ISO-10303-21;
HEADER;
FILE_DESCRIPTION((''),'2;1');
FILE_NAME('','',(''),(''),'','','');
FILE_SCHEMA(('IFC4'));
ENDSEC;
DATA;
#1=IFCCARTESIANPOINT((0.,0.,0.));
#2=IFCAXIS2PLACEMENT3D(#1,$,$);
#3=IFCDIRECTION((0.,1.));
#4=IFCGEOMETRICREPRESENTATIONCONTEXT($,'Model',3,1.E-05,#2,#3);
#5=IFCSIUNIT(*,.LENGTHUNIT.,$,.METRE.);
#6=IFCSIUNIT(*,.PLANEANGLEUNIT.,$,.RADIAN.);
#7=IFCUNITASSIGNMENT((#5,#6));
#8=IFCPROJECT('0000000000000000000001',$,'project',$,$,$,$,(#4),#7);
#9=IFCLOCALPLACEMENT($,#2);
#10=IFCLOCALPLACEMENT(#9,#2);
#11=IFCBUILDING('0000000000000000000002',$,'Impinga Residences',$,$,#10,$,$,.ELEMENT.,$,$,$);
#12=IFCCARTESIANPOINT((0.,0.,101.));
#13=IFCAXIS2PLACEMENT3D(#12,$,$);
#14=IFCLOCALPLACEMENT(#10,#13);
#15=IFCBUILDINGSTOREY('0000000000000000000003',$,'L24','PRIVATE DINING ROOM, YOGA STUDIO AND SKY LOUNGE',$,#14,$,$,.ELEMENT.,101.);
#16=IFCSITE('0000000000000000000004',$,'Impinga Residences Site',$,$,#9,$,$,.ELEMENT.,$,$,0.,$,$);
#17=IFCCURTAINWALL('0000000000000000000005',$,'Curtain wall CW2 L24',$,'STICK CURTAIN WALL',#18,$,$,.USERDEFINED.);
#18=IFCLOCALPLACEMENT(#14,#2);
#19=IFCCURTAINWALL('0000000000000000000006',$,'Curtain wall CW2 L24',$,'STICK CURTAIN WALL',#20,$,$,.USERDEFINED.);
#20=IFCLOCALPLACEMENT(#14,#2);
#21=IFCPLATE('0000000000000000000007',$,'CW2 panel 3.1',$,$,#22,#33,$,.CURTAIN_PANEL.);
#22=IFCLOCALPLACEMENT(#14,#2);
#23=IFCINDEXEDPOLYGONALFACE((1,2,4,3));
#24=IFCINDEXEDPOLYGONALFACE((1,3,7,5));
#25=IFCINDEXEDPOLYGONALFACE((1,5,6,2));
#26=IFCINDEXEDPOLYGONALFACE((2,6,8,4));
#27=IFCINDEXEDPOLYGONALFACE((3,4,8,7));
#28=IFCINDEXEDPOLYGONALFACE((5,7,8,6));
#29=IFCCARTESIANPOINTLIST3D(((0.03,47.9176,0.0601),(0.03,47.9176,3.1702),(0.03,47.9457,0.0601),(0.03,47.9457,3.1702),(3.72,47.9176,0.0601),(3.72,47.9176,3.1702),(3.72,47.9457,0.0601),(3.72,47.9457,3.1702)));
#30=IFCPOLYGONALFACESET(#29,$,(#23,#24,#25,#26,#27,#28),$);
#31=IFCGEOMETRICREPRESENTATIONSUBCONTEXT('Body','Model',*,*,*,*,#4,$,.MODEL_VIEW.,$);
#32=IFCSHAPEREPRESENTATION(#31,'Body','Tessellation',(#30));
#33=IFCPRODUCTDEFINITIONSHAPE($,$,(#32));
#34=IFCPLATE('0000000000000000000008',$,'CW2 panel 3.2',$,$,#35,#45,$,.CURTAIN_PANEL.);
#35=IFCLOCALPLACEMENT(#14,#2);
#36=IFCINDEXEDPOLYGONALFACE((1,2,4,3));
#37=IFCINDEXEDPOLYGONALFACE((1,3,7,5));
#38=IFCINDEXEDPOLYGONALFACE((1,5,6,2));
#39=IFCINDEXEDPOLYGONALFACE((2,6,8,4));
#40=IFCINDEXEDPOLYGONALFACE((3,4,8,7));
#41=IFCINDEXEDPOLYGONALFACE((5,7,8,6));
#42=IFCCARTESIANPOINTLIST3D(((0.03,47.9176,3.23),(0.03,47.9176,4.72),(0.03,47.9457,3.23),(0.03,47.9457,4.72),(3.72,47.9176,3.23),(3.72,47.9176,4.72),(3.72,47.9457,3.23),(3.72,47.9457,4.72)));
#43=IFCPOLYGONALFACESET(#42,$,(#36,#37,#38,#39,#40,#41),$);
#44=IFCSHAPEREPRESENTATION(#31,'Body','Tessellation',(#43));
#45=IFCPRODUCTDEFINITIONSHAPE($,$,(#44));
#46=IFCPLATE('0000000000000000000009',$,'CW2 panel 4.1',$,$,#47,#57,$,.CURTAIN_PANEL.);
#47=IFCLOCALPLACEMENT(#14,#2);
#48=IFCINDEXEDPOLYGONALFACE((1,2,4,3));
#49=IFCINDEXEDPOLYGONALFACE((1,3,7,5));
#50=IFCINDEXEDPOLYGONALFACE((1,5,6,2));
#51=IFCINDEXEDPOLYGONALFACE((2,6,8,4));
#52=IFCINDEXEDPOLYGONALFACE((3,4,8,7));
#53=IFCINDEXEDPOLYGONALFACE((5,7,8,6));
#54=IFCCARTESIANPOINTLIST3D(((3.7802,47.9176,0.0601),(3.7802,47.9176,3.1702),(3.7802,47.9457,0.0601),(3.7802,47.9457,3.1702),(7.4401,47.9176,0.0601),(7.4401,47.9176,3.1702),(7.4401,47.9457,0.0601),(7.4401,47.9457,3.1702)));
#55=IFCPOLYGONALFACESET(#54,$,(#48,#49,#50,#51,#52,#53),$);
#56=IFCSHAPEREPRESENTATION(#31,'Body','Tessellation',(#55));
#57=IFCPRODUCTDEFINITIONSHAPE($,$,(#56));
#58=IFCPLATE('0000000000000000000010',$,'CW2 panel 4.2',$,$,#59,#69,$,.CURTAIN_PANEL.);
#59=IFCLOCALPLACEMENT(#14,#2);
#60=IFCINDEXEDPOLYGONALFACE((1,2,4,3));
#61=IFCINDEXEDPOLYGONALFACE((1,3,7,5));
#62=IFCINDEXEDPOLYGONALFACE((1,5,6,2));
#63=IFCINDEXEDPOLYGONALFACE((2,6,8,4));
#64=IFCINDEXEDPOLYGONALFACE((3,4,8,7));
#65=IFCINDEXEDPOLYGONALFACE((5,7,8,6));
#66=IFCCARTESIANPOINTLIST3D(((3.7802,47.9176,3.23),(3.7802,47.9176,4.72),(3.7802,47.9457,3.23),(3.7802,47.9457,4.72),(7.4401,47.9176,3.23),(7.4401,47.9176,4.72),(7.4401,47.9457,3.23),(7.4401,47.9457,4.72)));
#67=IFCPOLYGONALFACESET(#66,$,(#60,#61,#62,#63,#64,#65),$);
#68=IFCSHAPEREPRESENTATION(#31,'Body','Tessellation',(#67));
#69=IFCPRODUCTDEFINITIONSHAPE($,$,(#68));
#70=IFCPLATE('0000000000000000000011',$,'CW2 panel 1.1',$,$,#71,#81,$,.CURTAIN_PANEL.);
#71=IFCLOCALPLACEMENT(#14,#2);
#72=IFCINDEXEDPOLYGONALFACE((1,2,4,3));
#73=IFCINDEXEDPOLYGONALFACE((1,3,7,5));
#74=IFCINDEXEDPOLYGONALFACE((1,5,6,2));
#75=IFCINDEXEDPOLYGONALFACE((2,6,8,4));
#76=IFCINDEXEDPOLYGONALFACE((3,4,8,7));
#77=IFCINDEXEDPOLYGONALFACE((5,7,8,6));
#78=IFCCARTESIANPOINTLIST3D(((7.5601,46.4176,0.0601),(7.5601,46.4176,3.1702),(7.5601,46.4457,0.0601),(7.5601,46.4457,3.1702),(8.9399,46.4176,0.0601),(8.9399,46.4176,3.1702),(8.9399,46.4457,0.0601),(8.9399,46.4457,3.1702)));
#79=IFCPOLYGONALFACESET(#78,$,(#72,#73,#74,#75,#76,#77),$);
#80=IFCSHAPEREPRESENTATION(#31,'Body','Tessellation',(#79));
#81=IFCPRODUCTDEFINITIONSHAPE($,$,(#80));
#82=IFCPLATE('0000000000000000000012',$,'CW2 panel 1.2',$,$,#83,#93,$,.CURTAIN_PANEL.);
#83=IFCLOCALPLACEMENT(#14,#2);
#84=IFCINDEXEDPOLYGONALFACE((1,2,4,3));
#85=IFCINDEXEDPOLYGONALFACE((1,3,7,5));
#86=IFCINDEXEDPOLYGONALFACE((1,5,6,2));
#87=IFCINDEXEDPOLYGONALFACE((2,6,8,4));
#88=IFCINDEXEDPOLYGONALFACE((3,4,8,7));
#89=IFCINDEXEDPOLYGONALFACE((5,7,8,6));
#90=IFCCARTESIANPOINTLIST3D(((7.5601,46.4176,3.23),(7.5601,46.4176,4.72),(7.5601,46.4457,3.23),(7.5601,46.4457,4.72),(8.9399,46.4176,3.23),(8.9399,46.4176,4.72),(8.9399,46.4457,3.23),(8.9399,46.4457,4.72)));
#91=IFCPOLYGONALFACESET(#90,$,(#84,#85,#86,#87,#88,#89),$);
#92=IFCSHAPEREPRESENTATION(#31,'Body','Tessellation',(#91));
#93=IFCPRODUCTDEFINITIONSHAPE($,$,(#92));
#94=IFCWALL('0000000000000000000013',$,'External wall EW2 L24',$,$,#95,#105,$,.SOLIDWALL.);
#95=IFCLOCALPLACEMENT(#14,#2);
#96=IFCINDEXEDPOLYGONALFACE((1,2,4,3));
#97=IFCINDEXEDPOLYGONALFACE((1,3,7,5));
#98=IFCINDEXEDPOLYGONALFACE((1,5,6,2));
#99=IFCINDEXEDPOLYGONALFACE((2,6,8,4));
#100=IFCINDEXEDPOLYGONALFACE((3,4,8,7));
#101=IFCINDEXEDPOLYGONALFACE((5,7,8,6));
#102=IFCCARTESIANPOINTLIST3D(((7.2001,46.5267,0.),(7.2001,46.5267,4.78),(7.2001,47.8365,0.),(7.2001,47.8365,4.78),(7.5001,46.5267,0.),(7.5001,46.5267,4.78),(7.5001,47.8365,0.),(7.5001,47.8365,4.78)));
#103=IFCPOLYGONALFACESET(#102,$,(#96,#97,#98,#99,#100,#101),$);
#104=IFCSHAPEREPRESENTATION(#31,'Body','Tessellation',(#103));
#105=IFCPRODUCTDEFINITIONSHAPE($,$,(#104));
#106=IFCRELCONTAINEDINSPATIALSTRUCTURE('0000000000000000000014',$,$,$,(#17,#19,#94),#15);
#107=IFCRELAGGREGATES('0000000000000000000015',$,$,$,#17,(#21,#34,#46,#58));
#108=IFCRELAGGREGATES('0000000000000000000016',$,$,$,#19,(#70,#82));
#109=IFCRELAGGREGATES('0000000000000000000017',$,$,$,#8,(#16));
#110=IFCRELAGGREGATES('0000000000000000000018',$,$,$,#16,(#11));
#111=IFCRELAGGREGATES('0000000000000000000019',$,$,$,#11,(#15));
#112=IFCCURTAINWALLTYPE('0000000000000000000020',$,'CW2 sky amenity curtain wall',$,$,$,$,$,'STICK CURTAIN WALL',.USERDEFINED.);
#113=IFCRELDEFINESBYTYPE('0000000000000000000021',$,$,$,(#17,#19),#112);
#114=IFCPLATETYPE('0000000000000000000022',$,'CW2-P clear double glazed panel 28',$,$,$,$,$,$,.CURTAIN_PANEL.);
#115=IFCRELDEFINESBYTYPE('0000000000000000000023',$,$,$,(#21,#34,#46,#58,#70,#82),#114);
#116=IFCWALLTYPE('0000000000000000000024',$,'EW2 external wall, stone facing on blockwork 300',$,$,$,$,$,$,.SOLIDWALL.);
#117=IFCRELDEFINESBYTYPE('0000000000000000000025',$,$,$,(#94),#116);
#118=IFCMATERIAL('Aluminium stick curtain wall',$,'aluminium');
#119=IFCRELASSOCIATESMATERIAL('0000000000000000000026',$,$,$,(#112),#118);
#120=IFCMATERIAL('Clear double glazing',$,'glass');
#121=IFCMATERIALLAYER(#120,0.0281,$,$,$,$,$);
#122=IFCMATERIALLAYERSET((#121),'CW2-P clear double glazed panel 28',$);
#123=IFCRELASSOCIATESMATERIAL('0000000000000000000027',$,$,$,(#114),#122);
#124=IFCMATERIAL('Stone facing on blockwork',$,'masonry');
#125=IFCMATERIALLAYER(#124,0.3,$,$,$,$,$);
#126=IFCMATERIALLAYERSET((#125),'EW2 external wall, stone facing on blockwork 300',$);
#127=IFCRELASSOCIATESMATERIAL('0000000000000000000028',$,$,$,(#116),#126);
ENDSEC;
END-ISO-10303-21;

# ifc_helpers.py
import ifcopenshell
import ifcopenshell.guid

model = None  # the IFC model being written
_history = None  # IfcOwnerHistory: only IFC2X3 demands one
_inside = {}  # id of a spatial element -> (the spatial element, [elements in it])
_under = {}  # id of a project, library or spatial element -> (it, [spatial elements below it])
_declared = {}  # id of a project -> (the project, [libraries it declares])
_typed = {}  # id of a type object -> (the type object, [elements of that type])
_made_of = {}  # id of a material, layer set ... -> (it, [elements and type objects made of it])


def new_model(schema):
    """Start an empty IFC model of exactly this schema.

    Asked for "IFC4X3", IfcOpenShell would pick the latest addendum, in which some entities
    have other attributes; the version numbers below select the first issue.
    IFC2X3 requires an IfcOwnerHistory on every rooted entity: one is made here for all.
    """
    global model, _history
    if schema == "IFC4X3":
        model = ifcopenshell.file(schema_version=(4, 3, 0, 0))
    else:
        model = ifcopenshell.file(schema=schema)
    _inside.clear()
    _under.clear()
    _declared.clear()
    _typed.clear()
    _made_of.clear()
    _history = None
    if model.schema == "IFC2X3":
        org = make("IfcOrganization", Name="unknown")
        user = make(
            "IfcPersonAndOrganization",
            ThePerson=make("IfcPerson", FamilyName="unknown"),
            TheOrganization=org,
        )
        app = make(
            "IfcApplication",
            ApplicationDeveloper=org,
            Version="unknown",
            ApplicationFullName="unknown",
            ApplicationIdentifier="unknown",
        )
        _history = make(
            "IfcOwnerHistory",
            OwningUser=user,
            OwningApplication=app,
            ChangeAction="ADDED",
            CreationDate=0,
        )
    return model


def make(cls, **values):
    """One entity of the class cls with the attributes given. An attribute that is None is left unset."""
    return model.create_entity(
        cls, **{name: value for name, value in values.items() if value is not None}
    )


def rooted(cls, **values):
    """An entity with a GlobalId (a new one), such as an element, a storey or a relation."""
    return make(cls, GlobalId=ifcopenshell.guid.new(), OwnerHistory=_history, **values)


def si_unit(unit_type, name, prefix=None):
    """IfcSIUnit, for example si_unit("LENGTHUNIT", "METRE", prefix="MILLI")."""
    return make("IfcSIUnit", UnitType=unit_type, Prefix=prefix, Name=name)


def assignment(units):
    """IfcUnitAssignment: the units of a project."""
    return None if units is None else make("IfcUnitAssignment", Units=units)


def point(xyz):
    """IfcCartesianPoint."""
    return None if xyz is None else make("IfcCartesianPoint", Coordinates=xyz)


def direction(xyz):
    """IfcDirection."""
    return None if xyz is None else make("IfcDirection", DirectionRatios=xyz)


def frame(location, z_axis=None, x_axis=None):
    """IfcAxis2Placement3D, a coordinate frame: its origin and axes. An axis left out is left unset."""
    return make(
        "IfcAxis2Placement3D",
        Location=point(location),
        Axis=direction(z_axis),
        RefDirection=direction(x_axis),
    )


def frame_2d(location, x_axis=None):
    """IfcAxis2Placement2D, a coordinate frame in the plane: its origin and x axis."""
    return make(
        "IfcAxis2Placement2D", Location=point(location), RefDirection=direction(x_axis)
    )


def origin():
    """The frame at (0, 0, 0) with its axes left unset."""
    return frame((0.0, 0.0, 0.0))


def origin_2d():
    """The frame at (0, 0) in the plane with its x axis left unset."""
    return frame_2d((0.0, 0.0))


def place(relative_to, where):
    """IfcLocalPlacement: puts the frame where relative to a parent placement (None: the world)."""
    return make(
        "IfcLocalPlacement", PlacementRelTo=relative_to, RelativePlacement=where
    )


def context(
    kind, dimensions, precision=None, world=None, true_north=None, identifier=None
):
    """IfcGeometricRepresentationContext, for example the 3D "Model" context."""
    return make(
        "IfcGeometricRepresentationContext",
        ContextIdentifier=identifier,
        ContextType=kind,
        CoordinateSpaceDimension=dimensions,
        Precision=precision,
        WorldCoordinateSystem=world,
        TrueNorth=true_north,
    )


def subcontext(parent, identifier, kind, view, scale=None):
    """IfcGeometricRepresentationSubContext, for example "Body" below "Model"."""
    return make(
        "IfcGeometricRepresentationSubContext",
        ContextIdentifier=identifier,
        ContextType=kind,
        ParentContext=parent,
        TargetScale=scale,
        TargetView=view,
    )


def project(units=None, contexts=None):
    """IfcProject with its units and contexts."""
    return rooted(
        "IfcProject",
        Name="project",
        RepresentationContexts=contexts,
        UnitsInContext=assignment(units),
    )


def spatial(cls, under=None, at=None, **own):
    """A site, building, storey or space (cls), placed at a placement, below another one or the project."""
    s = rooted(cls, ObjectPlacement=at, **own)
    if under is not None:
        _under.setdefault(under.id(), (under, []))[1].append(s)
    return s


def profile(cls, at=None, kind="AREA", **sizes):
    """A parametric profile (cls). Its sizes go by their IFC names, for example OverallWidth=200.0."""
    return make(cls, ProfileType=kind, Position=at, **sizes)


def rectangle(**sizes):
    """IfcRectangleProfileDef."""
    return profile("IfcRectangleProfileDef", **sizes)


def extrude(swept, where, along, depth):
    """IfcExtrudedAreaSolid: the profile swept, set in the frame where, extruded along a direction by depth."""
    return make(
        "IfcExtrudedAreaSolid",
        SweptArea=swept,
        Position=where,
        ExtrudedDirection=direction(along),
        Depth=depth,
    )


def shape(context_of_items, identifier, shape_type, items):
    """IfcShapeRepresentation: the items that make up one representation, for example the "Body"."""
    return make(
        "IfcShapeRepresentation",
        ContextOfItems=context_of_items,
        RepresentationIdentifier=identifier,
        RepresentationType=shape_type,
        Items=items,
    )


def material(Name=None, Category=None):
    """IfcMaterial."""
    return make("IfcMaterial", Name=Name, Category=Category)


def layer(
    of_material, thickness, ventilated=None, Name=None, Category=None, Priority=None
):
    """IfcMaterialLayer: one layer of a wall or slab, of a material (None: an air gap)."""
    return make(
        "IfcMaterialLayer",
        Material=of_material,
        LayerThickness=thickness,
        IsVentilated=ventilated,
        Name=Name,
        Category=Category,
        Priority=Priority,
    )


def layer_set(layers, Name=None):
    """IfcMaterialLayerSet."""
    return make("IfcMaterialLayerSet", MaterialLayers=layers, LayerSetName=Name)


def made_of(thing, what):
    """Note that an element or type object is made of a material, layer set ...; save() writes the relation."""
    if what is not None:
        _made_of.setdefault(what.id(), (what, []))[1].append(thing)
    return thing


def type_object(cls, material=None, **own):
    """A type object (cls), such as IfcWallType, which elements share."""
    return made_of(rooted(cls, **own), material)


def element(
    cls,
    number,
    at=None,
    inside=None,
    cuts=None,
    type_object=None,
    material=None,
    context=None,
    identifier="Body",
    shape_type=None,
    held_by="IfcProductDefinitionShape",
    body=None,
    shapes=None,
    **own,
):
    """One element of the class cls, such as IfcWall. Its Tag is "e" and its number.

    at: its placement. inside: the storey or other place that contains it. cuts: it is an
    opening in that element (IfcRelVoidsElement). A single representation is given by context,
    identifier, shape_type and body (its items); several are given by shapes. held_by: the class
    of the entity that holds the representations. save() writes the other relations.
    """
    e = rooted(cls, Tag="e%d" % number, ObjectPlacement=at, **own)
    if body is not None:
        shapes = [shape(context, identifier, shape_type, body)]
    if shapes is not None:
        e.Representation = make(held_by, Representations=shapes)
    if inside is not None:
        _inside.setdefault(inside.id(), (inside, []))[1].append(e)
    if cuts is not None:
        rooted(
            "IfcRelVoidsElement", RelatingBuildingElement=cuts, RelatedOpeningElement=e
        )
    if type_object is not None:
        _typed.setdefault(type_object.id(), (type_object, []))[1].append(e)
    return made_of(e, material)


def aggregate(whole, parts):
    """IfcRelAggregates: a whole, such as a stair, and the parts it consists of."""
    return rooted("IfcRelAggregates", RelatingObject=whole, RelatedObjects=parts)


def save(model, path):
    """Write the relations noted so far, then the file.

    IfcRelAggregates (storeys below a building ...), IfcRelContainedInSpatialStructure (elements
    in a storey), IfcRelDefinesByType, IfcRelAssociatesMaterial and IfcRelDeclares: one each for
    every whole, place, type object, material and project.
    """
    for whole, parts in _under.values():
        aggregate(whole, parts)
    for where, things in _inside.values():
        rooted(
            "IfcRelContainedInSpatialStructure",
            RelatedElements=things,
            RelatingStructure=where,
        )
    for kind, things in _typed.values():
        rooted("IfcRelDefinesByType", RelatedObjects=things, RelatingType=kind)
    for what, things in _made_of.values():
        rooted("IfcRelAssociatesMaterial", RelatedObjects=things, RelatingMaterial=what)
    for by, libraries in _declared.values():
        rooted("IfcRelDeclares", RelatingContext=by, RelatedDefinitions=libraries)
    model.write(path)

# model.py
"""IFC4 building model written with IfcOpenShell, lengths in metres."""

from ifc_helpers import new_model, si_unit, direction, frame, frame_2d, origin, origin_2d, place, context, subcontext, project, spatial, rectangle, extrude, material, layer, layer_set, type_object, element, aggregate, save


model = new_model("IFC4")

# Units and contexts
model_context = context("Model", 3, precision=1e-05, world=origin(), true_north=direction((0.0, 1.0)))
body_context = subcontext(model_context, "Body", "Model", "MODEL_VIEW")
ifc_project = project(units=[si_unit("LENGTHUNIT", "METRE"), si_unit("PLANEANGLEUNIT", "RADIAN")], contexts=[model_context])

# Site, building, storey
site_placement = place(None, origin())
site = spatial("IfcSite", under=ifc_project, at=site_placement, Name="Impinga Residences Site", CompositionType="ELEMENT", RefElevation=0.0)
building_placement = place(site_placement, origin())
building = spatial("IfcBuilding", under=site, at=building_placement, Name="Impinga Residences", CompositionType="ELEMENT")
storey_placement = place(building_placement, frame((0.0, 0.0, 101.0)))
storey = spatial("IfcBuildingStorey", under=building, at=storey_placement, Name="L24", Description="PRIVATE DINING ROOM, YOGA STUDIO AND SKY LOUNGE", CompositionType="ELEMENT", Elevation=101.0)

# Curtain walls
ifc_material_1 = material(Name="Aluminium stick curtain wall", Category="aluminium")
curtain_wall_type = type_object("IfcCurtainWallType", Name="CW2 sky amenity curtain wall", ElementType="STICK CURTAIN WALL", PredefinedType="USERDEFINED", material=ifc_material_1)
curtain_wall_1_placement = place(storey_placement, origin())
curtain_wall_1 = element("IfcCurtainWall", 1, at=curtain_wall_1_placement, inside=storey, type_object=curtain_wall_type, Name="Curtain wall CW2 L24", ObjectType="STICK CURTAIN WALL", PredefinedType="USERDEFINED")
curtain_wall_2_placement = place(storey_placement, origin())
curtain_wall_2 = element("IfcCurtainWall", 2, at=curtain_wall_2_placement, inside=storey, type_object=curtain_wall_type, Name="Curtain wall CW2 L24", ObjectType="STICK CURTAIN WALL", PredefinedType="USERDEFINED")

# Plates
ifc_material_2 = material(Name="Clear double glazing", Category="glass")
ifc_layer_1 = layer(ifc_material_2, 0.0281)
ifc_layer_set_1 = layer_set([ifc_layer_1], Name="CW2-P clear double glazed panel 28")
plate_type = type_object("IfcPlateType", Name="CW2-P clear double glazed panel 28", PredefinedType="CURTAIN_PANEL", material=ifc_layer_set_1)
plate_1_placement = place(storey_placement, frame((1.875, 47.9316, 0.0601), z_axis=(0.0, 0.0, 1.0), x_axis=(1.0, 0.0, 0.0)))
plate_1 = element("IfcPlate", 3, at=plate_1_placement, type_object=plate_type, Name="CW2 panel 3.1", PredefinedType="CURTAIN_PANEL", context=body_context, shape_type="SweptSolid", body=[
    extrude(rectangle(XDim=3.6899, YDim=0.0281, at=origin_2d()), origin(), (0.0, 0.0, 1.0), 3.1101),
])
plate_2_placement = place(storey_placement, frame((1.875, 47.9316, 3.23), z_axis=(0.0, 0.0, 1.0), x_axis=(1.0, 0.0, 0.0)))
plate_2 = element("IfcPlate", 4, at=plate_2_placement, type_object=plate_type, Name="CW2 panel 3.2", PredefinedType="CURTAIN_PANEL", context=body_context, shape_type="SweptSolid", body=[
    extrude(rectangle(XDim=3.6899, YDim=0.0281, at=origin_2d()), origin(), (0.0, 0.0, 1.0), 1.49),
])
plate_3_placement = place(storey_placement, frame((5.6101, 47.9316, 0.0601), z_axis=(0.0, 0.0, 1.0), x_axis=(1.0, 0.0, 0.0)))
plate_3 = element("IfcPlate", 5, at=plate_3_placement, type_object=plate_type, Name="CW2 panel 4.1", PredefinedType="CURTAIN_PANEL", context=body_context, shape_type="SweptSolid", body=[
    extrude(rectangle(XDim=3.6599, YDim=0.0281, at=origin_2d()), origin(), (0.0, 0.0, 1.0), 3.1101),
])
plate_4_placement = place(storey_placement, frame((5.6101, 47.9316, 3.23), z_axis=(0.0, 0.0, 1.0), x_axis=(1.0, 0.0, 0.0)))
plate_4 = element("IfcPlate", 6, at=plate_4_placement, type_object=plate_type, Name="CW2 panel 4.2", PredefinedType="CURTAIN_PANEL", context=body_context, shape_type="SweptSolid", body=[
    extrude(rectangle(XDim=3.6599, YDim=0.0281, at=origin_2d()), origin(), (0.0, 0.0, 1.0), 1.49),
])
aggregate(curtain_wall_1, [plate_1, plate_2, plate_3, plate_4])
plate_5_placement = place(storey_placement, frame((8.25, 46.4316, 0.0601), z_axis=(0.0, 0.0, 1.0), x_axis=(1.0, 0.0, 0.0)))
plate_5 = element("IfcPlate", 7, at=plate_5_placement, type_object=plate_type, Name="CW2 panel 1.1", PredefinedType="CURTAIN_PANEL", context=body_context, shape_type="SweptSolid", body=[
    extrude(rectangle(XDim=1.3799, YDim=0.0281, at=origin_2d()), origin(), (0.0, 0.0, 1.0), 3.1101),
])
plate_6_placement = place(storey_placement, frame((8.25, 46.4316, 3.23), z_axis=(0.0, 0.0, 1.0), x_axis=(1.0, 0.0, 0.0)))
plate_6 = element("IfcPlate", 8, at=plate_6_placement, type_object=plate_type, Name="CW2 panel 1.2", PredefinedType="CURTAIN_PANEL", context=body_context, shape_type="SweptSolid", body=[
    extrude(rectangle(XDim=1.3799, YDim=0.0281, at=origin_2d()), origin(), (0.0, 0.0, 1.0), 1.49),
])
aggregate(curtain_wall_2, [plate_5, plate_6])

# Wall
ifc_material_3 = material(Name="Stone facing on blockwork", Category="masonry")
ifc_layer_2 = layer(ifc_material_3, 0.3)
ifc_layer_set_2 = layer_set([ifc_layer_2], Name="EW2 external wall, stone facing on blockwork 300")
wall_type = type_object("IfcWallType", Name="EW2 external wall, stone facing on blockwork 300", PredefinedType="SOLIDWALL", material=ifc_layer_set_2)
wall_placement = place(storey_placement, frame((7.3501, 47.8364, 0.0), z_axis=(0.0, 0.0, 1.0), x_axis=(0.0, -1.0, 0.0)))
element("IfcWall", 9, at=wall_placement, inside=storey, type_object=wall_type, Name="External wall EW2 L24", PredefinedType="SOLIDWALL", context=body_context, shape_type="SweptSolid", body=[
    extrude(rectangle(XDim=1.3098, YDim=0.3, at=frame_2d((0.6548, 0.0))), origin(), (0.0, 0.0, 1.0), 4.78),
])

save(model, "model.ifc")
